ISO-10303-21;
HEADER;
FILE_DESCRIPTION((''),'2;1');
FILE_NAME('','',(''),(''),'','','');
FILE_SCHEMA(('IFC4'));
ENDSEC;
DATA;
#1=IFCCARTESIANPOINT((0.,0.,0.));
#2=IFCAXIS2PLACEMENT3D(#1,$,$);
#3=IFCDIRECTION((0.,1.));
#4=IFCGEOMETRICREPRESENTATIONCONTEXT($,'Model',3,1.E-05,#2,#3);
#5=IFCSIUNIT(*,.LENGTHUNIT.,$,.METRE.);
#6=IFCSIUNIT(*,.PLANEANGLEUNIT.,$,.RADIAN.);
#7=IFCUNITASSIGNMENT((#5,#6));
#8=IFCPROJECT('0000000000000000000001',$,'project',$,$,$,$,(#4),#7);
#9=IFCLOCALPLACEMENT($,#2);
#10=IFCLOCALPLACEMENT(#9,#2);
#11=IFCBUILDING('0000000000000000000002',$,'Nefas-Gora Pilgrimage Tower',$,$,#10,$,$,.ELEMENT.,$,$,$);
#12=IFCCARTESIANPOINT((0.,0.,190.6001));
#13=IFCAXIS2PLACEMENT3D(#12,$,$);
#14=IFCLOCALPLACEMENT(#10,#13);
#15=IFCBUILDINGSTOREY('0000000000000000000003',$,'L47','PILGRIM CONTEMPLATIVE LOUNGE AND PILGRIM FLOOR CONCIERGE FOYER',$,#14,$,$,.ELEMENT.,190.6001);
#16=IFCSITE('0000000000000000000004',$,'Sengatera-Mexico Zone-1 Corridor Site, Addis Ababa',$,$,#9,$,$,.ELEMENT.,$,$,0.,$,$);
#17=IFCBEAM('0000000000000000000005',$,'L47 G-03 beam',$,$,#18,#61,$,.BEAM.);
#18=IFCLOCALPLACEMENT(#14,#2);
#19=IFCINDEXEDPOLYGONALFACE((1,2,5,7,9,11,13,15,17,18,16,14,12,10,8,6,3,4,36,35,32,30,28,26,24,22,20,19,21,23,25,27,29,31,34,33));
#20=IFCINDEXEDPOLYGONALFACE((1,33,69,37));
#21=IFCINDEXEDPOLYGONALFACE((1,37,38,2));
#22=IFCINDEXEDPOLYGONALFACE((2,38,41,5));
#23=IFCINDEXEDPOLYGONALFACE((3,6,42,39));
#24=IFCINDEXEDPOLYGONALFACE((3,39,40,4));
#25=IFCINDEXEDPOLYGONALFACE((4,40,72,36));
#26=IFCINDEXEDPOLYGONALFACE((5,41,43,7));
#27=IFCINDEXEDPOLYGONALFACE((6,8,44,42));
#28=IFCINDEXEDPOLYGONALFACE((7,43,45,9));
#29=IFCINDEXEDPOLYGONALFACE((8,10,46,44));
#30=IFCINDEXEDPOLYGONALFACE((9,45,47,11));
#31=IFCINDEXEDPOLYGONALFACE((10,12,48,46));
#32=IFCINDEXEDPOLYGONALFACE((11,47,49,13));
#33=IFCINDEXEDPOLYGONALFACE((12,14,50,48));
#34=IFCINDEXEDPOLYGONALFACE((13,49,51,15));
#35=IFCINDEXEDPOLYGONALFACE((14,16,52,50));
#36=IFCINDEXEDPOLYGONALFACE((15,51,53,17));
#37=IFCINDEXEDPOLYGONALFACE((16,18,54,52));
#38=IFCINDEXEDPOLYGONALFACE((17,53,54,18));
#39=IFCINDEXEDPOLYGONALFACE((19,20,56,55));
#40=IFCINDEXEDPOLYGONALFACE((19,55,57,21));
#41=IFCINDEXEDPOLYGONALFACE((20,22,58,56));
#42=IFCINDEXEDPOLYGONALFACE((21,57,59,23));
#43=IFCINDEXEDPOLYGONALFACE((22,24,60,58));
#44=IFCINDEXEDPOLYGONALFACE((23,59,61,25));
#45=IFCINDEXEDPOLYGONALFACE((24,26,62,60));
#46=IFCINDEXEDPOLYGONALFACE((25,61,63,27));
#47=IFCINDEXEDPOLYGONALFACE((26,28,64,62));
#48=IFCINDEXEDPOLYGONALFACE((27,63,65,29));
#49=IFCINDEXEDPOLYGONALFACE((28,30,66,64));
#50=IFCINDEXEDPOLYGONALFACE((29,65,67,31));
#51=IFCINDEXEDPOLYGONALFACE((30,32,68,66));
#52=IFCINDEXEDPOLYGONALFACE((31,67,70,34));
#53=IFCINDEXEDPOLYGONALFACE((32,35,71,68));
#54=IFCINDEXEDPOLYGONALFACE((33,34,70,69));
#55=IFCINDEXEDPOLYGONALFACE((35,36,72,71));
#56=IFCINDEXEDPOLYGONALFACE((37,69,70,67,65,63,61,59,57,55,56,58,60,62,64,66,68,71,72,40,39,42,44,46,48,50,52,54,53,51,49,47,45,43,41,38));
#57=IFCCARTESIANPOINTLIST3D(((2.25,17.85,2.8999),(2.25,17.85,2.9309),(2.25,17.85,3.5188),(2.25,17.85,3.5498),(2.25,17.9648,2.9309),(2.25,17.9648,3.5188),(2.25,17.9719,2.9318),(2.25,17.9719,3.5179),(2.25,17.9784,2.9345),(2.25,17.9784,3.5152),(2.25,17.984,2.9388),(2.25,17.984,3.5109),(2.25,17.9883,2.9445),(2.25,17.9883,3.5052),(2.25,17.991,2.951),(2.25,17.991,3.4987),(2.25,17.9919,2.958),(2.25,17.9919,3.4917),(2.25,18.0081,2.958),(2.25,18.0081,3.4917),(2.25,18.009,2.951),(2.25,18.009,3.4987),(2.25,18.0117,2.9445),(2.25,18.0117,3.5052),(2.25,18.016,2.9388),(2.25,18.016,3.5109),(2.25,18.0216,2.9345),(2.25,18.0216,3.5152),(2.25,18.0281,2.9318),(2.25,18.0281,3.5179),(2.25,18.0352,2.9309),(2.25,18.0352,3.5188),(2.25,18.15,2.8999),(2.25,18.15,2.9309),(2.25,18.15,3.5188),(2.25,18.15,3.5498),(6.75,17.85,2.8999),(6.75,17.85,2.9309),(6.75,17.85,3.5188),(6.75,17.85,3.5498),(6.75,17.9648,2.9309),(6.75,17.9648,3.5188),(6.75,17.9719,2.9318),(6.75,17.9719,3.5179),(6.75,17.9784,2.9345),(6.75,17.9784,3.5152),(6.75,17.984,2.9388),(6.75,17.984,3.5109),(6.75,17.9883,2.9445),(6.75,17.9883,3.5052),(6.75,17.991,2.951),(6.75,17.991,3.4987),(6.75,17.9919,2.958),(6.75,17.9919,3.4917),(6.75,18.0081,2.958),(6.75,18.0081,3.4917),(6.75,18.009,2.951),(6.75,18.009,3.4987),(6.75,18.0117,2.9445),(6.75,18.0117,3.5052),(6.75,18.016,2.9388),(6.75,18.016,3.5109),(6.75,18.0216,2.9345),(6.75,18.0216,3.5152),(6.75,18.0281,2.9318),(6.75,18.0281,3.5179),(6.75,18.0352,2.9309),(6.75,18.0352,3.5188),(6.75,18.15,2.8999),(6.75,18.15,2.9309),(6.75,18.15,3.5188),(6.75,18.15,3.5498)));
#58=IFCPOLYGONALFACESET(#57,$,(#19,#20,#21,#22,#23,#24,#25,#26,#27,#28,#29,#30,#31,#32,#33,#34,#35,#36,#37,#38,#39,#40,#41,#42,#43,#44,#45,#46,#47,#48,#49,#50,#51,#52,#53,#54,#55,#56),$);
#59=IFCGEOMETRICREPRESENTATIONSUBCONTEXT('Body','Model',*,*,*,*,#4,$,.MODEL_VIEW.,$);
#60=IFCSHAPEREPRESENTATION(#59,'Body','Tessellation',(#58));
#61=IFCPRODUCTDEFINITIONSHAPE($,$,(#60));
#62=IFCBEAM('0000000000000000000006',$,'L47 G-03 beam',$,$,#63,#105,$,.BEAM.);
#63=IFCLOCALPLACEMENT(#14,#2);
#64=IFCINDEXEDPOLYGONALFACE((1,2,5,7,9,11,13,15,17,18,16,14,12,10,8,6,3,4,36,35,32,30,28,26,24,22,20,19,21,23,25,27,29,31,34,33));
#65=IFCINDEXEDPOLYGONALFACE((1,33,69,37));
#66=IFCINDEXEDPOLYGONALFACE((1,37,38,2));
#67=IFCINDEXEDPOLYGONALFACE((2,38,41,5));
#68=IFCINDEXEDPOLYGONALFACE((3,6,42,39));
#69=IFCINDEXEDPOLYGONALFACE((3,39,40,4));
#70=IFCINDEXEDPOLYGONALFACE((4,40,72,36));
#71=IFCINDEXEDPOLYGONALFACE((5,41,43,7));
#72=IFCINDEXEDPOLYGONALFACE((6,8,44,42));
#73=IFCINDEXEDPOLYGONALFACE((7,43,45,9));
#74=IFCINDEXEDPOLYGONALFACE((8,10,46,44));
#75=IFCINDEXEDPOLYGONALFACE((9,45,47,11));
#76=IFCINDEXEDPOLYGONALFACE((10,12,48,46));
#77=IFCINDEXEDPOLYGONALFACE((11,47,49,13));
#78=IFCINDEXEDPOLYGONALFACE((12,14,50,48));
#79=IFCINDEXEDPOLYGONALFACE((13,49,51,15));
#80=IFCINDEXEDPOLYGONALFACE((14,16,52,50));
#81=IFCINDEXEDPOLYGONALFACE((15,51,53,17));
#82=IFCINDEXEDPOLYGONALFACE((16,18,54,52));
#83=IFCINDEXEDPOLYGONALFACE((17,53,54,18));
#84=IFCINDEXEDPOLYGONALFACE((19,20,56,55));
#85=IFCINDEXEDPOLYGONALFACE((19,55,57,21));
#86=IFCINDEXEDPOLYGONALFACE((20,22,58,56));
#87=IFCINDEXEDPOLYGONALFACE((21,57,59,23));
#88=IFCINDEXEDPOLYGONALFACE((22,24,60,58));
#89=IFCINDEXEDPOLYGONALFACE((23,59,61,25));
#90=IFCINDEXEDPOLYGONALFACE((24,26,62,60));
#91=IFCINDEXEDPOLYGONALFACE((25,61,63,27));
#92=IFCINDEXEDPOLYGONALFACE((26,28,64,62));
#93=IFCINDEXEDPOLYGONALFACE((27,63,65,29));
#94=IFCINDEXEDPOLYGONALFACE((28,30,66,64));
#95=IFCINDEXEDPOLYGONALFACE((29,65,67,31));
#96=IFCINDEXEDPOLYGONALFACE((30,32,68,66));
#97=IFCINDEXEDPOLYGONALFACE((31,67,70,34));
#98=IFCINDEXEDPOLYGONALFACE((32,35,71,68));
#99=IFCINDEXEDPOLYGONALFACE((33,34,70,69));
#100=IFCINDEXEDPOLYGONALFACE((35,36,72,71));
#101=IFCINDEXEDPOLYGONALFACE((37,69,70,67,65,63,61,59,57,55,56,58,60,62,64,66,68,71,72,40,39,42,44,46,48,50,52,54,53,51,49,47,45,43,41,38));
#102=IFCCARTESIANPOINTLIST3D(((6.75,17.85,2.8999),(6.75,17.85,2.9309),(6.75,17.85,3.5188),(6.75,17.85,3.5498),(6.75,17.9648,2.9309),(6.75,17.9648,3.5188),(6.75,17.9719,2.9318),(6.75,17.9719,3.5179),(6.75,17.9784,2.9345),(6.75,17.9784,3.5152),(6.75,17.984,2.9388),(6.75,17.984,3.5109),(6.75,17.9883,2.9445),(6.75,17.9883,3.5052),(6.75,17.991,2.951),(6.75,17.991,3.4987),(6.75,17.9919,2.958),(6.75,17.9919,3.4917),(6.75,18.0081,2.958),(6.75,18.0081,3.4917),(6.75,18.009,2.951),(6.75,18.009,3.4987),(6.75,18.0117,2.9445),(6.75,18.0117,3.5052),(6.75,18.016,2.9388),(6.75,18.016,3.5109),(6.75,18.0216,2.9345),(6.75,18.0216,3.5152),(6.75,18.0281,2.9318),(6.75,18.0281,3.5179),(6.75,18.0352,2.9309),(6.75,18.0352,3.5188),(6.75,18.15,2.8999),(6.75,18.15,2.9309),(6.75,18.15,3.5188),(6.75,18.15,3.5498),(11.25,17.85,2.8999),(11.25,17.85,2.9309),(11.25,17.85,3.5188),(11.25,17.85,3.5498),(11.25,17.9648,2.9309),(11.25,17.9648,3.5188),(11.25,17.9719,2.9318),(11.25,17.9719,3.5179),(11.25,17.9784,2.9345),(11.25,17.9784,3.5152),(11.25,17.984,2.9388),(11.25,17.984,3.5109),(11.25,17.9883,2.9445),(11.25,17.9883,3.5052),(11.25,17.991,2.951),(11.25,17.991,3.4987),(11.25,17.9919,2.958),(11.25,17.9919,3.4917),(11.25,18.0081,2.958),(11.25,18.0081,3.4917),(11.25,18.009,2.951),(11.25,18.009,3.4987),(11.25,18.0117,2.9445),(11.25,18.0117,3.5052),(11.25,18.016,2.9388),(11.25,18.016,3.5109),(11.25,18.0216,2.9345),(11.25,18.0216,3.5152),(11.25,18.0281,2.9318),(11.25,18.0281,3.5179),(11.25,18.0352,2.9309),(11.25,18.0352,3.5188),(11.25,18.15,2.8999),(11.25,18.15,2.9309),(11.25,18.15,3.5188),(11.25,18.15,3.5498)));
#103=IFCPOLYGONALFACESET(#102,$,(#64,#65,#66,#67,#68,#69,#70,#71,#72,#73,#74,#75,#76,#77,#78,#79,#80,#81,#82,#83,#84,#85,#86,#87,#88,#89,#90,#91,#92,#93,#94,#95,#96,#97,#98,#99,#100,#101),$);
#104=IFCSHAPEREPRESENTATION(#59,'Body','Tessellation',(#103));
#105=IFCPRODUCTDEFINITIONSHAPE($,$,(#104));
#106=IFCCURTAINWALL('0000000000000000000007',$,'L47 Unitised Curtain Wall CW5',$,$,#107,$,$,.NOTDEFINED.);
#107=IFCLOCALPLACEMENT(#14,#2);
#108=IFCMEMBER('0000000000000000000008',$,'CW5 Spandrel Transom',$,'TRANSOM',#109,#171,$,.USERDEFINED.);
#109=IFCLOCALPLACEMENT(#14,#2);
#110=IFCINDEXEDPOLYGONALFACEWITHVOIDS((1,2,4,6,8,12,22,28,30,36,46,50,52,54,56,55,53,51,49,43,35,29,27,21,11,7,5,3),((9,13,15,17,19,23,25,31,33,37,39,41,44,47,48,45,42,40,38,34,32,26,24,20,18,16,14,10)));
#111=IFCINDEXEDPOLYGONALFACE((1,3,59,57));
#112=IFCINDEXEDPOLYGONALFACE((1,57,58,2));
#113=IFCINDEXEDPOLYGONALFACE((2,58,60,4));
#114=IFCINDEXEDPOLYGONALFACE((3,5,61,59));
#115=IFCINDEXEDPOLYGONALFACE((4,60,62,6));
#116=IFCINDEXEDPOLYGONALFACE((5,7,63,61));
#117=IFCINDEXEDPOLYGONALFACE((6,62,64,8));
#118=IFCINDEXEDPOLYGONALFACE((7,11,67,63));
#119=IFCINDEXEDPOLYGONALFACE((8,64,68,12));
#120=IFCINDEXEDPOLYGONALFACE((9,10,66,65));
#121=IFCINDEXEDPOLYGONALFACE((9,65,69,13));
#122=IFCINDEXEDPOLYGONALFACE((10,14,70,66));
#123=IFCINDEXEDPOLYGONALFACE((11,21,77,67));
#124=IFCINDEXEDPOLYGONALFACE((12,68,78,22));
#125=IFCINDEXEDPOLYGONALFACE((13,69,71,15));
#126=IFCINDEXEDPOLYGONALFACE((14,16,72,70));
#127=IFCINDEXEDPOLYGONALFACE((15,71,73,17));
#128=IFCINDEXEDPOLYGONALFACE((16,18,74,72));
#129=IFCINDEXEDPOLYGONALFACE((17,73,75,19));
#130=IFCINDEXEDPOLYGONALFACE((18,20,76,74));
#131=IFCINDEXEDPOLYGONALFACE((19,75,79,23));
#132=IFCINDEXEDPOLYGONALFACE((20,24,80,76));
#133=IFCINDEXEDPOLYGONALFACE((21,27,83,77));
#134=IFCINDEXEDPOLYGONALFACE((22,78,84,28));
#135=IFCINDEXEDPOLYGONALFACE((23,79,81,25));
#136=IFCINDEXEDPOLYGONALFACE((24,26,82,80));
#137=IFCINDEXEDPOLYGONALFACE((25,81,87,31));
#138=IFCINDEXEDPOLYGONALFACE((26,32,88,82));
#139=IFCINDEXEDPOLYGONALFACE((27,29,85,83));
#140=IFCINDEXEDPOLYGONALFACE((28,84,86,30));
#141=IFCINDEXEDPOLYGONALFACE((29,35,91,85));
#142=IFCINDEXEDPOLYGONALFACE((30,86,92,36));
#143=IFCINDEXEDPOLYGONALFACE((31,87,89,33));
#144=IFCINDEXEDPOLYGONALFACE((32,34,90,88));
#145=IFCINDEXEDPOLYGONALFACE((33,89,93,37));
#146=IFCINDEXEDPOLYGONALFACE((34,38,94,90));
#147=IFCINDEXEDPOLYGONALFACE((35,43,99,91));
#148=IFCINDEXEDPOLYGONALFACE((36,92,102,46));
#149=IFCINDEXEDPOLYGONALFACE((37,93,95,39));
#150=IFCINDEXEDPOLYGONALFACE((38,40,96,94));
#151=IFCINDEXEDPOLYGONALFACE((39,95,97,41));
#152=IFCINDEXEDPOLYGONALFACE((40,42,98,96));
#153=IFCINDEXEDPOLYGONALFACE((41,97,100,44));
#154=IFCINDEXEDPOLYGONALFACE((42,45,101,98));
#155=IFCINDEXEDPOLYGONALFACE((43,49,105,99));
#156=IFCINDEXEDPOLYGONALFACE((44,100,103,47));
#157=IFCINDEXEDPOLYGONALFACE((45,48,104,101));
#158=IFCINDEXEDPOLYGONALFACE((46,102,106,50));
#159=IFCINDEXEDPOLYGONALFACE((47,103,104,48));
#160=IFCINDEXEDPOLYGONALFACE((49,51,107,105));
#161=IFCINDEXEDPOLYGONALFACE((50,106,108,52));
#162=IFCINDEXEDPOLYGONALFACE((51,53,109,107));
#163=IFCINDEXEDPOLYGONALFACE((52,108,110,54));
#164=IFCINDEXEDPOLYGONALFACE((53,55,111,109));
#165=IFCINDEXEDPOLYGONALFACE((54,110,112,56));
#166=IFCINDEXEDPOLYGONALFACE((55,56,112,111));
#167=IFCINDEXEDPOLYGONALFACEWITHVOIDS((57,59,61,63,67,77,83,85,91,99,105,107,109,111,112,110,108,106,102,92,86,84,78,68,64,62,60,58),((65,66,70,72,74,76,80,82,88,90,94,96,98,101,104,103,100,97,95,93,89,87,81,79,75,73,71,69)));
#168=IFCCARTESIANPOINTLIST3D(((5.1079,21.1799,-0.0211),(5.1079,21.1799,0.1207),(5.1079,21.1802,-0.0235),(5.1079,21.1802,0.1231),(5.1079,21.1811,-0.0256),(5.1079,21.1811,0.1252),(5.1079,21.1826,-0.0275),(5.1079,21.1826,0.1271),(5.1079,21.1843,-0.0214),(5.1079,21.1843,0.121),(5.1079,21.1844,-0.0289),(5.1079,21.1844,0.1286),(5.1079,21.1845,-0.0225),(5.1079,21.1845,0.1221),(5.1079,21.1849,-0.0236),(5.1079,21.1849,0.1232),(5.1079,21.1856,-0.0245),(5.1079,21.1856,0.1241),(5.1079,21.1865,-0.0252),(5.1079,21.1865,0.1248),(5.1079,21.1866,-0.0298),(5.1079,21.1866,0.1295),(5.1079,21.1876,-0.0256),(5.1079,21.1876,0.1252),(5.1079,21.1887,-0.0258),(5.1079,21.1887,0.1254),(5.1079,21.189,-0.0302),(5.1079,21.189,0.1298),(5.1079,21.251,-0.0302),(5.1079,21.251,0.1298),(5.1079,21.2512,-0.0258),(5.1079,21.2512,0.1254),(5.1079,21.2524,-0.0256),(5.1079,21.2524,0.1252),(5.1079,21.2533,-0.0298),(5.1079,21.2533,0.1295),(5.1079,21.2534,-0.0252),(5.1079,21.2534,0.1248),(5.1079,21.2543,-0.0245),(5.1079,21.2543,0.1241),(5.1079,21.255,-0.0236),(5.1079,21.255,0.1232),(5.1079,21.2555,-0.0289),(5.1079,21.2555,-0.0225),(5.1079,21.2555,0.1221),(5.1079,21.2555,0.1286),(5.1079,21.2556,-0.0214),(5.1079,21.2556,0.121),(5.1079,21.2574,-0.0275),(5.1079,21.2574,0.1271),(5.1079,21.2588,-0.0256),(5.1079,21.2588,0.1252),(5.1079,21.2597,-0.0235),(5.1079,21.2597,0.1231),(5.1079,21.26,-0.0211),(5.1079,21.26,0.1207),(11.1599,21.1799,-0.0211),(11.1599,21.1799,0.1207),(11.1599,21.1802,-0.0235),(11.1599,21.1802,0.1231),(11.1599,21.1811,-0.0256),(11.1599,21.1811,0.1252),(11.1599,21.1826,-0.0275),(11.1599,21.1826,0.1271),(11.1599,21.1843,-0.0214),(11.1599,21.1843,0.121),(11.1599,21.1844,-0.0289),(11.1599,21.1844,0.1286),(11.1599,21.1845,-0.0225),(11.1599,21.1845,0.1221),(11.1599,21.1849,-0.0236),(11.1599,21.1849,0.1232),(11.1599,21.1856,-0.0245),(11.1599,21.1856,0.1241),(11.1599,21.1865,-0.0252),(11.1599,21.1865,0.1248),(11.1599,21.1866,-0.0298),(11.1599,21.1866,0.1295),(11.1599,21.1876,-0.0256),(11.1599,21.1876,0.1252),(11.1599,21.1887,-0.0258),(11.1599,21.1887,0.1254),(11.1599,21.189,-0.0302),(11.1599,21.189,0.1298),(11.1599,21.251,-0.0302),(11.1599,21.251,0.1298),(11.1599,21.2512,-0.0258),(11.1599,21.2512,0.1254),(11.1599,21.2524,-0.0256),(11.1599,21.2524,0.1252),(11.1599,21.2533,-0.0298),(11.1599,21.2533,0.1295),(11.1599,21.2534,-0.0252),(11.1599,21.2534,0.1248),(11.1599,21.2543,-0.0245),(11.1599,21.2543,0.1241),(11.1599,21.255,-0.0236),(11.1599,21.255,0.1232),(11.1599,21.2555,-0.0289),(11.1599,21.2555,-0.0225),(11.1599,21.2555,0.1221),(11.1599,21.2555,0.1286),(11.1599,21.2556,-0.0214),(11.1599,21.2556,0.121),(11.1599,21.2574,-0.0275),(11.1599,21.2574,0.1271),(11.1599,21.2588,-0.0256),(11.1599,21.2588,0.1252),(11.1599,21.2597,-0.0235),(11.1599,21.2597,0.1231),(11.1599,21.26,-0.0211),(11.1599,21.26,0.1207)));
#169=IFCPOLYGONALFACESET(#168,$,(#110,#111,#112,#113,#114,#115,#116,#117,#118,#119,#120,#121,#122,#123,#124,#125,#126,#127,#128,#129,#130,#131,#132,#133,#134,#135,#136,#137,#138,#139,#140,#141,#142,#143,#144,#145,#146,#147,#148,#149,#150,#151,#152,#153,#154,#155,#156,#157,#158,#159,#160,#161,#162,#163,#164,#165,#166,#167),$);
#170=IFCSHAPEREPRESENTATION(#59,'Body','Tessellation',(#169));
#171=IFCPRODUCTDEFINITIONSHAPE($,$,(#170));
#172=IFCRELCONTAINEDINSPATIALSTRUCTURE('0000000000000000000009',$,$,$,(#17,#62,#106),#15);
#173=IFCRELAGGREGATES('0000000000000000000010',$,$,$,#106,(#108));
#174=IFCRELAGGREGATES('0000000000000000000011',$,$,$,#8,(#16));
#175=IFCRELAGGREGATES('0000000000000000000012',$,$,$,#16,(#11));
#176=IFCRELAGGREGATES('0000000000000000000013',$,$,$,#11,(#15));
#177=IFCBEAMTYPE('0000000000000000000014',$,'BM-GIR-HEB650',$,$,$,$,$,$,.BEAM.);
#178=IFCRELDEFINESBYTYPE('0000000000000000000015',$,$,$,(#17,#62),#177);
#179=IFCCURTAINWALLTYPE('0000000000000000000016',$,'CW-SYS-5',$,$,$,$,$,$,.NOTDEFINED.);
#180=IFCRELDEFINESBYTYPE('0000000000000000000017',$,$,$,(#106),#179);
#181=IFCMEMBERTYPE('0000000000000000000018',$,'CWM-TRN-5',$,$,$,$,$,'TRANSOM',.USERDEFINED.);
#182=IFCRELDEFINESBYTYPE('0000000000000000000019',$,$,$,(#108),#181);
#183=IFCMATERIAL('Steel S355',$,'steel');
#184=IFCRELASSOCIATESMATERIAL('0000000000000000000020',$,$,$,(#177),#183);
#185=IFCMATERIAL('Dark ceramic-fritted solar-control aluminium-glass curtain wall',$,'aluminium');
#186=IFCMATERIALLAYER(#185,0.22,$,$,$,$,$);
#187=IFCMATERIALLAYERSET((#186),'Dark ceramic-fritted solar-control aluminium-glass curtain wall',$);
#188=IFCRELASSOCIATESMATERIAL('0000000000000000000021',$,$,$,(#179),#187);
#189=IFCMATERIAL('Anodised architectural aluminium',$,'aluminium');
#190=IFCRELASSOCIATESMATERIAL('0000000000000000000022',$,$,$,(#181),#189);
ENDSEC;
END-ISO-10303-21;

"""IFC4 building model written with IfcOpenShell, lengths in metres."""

from ifc_helpers import new_model, si_unit, direction, frame, origin, origin_2d, place, context, subcontext, project, spatial, hollow_rectangle, i_section, extrude, source, transform, mapped, material, layer, layer_set, material_profile, profile_set, type_object, element, aggregate, save


model = new_model("IFC4")

# Units and contexts
model_context = context("Model", 3, precision=1e-05, world=origin(), true_north=direction((0.0, 1.0)))
body_context = subcontext(model_context, "Body", "Model", "MODEL_VIEW")
ifc_project = project(units=[si_unit("LENGTHUNIT", "METRE"), si_unit("PLANEANGLEUNIT", "RADIAN")], contexts=[model_context])

# Site, building, storey
site_placement = place(None, origin())
site = spatial("IfcSite", under=ifc_project, at=site_placement, Name="Sengatera-Mexico Zone-1 Corridor Site, Addis Ababa", CompositionType="ELEMENT", RefElevation=0.0)
building_placement = place(site_placement, origin())
building = spatial("IfcBuilding", under=site, at=building_placement, Name="Nefas-Gora Pilgrimage Tower", CompositionType="ELEMENT")
storey_placement = place(building_placement, frame((0.0, 0.0, 190.6001)))
storey = spatial("IfcBuildingStorey", under=building, at=storey_placement, Name="L47", Description="PILGRIM CONTEMPLATIVE LOUNGE AND PILGRIM FLOOR CONCIERGE FOYER", CompositionType="ELEMENT", Elevation=190.6001)

# Beams
ifc_material_1 = material(Name="Steel S355", Category="steel")
ifc_material_profile_1 = material_profile(ifc_material_1, i_section(OverallWidth=0.3, OverallDepth=0.6499, WebThickness=0.0161, FlangeThickness=0.031, FilletRadius=0.0271, at=origin_2d()), Name="HEB 650")
ifc_profile_set_1 = profile_set([ifc_material_profile_1], Name="Steel S355")
beam_type = type_object("IfcBeamType", Name="BM-GIR-HEB650", PredefinedType="BEAM", material=ifc_profile_set_1)
shared_shape_1 = source(origin(), body_context, "Body", "SweptSolid", [
    extrude(i_section(OverallWidth=0.3, OverallDepth=0.6499, WebThickness=0.0161, FlangeThickness=0.031, FilletRadius=0.0271, at=origin_2d()), origin(), (0.0, 0.0, 1.0), 4.5),
])
for number, where, z_axis, x_axis, name in (
    (1, (2.25, 18.0, 3.2249), (1.0, 0.0, 0.0), (0.0, 1.0, 0.0), "L47 G-03 beam"),
    (2, (6.75, 18.0, 3.2249), (1.0, 0.0, 0.0), (0.0, 1.0, 0.0), "L47 G-03 beam"),
):
    element("IfcBeam", number, at=place(storey_placement, frame(where, z_axis=z_axis, x_axis=x_axis)), inside=storey, type_object=beam_type, Name=name, PredefinedType="BEAM", context=body_context, shape_type="MappedRepresentation", body=[
        mapped(shared_shape_1, transform((0.0, 0.0, 0.0), x_axis=(1.0, 0.0, 0.0), y_axis=(0.0, 1.0, 0.0), z_axis=(0.0, 0.0, 1.0), scale=1.0)),
    ])

# Curtain wall, member
ifc_material_2 = material(Name="Dark ceramic-fritted solar-control aluminium-glass curtain wall", Category="aluminium")
ifc_layer_1 = layer(ifc_material_2, 0.22)
ifc_layer_set_1 = layer_set([ifc_layer_1], Name="Dark ceramic-fritted solar-control aluminium-glass curtain wall")
curtain_wall_type = type_object("IfcCurtainWallType", Name="CW-SYS-5", PredefinedType="NOTDEFINED", material=ifc_layer_set_1)
curtain_wall_1_placement = place(storey_placement, origin())
curtain_wall_1 = element("IfcCurtainWall", 3, at=curtain_wall_1_placement, inside=storey, type_object=curtain_wall_type, Name="L47 Unitised Curtain Wall CW5", PredefinedType="NOTDEFINED")
ifc_material_3 = material(Name="Anodised architectural aluminium", Category="aluminium")
ifc_material_profile_2 = material_profile(ifc_material_3, hollow_rectangle(XDim=0.0801, YDim=0.1599, WallThickness=0.0044, InnerFilletRadius=0.0044, OuterFilletRadius=0.009, at=origin_2d()), Name="ALU TRANSOM 80x160")
ifc_profile_set_2 = profile_set([ifc_material_profile_2], Name="Anodised architectural aluminium")
member_type_1 = type_object("IfcMemberType", Name="CWM-TRN-5", ElementType="TRANSOM", PredefinedType="USERDEFINED", material=ifc_profile_set_2)
shared_shape_2 = source(origin(), body_context, "Body", "SweptSolid", [
    extrude(hollow_rectangle(XDim=0.0801, YDim=0.1599, WallThickness=0.0044, InnerFilletRadius=0.0044, OuterFilletRadius=0.009, at=origin_2d()), origin(), (0.0, 0.0, 1.0), 6.052),
])
member_1_placement = place(storey_placement, frame((11.1599, 21.22, 0.0498), z_axis=(-1.0, 0.0, 0.0), x_axis=(0.0, -1.0, 0.0)))
member_1 = element("IfcMember", 4, at=member_1_placement, type_object=member_type_1, Name="CW5 Spandrel Transom", ObjectType="TRANSOM", PredefinedType="USERDEFINED", context=body_context, shape_type="MappedRepresentation", body=[
    mapped(shared_shape_2, transform((0.0, 0.0, 0.0), x_axis=(1.0, 0.0, 0.0), y_axis=(0.0, 1.0, 0.0), z_axis=(0.0, 0.0, 1.0), scale=1.0)),
])

aggregate(curtain_wall_1, [member_1])

save(model, "model.ifc")
